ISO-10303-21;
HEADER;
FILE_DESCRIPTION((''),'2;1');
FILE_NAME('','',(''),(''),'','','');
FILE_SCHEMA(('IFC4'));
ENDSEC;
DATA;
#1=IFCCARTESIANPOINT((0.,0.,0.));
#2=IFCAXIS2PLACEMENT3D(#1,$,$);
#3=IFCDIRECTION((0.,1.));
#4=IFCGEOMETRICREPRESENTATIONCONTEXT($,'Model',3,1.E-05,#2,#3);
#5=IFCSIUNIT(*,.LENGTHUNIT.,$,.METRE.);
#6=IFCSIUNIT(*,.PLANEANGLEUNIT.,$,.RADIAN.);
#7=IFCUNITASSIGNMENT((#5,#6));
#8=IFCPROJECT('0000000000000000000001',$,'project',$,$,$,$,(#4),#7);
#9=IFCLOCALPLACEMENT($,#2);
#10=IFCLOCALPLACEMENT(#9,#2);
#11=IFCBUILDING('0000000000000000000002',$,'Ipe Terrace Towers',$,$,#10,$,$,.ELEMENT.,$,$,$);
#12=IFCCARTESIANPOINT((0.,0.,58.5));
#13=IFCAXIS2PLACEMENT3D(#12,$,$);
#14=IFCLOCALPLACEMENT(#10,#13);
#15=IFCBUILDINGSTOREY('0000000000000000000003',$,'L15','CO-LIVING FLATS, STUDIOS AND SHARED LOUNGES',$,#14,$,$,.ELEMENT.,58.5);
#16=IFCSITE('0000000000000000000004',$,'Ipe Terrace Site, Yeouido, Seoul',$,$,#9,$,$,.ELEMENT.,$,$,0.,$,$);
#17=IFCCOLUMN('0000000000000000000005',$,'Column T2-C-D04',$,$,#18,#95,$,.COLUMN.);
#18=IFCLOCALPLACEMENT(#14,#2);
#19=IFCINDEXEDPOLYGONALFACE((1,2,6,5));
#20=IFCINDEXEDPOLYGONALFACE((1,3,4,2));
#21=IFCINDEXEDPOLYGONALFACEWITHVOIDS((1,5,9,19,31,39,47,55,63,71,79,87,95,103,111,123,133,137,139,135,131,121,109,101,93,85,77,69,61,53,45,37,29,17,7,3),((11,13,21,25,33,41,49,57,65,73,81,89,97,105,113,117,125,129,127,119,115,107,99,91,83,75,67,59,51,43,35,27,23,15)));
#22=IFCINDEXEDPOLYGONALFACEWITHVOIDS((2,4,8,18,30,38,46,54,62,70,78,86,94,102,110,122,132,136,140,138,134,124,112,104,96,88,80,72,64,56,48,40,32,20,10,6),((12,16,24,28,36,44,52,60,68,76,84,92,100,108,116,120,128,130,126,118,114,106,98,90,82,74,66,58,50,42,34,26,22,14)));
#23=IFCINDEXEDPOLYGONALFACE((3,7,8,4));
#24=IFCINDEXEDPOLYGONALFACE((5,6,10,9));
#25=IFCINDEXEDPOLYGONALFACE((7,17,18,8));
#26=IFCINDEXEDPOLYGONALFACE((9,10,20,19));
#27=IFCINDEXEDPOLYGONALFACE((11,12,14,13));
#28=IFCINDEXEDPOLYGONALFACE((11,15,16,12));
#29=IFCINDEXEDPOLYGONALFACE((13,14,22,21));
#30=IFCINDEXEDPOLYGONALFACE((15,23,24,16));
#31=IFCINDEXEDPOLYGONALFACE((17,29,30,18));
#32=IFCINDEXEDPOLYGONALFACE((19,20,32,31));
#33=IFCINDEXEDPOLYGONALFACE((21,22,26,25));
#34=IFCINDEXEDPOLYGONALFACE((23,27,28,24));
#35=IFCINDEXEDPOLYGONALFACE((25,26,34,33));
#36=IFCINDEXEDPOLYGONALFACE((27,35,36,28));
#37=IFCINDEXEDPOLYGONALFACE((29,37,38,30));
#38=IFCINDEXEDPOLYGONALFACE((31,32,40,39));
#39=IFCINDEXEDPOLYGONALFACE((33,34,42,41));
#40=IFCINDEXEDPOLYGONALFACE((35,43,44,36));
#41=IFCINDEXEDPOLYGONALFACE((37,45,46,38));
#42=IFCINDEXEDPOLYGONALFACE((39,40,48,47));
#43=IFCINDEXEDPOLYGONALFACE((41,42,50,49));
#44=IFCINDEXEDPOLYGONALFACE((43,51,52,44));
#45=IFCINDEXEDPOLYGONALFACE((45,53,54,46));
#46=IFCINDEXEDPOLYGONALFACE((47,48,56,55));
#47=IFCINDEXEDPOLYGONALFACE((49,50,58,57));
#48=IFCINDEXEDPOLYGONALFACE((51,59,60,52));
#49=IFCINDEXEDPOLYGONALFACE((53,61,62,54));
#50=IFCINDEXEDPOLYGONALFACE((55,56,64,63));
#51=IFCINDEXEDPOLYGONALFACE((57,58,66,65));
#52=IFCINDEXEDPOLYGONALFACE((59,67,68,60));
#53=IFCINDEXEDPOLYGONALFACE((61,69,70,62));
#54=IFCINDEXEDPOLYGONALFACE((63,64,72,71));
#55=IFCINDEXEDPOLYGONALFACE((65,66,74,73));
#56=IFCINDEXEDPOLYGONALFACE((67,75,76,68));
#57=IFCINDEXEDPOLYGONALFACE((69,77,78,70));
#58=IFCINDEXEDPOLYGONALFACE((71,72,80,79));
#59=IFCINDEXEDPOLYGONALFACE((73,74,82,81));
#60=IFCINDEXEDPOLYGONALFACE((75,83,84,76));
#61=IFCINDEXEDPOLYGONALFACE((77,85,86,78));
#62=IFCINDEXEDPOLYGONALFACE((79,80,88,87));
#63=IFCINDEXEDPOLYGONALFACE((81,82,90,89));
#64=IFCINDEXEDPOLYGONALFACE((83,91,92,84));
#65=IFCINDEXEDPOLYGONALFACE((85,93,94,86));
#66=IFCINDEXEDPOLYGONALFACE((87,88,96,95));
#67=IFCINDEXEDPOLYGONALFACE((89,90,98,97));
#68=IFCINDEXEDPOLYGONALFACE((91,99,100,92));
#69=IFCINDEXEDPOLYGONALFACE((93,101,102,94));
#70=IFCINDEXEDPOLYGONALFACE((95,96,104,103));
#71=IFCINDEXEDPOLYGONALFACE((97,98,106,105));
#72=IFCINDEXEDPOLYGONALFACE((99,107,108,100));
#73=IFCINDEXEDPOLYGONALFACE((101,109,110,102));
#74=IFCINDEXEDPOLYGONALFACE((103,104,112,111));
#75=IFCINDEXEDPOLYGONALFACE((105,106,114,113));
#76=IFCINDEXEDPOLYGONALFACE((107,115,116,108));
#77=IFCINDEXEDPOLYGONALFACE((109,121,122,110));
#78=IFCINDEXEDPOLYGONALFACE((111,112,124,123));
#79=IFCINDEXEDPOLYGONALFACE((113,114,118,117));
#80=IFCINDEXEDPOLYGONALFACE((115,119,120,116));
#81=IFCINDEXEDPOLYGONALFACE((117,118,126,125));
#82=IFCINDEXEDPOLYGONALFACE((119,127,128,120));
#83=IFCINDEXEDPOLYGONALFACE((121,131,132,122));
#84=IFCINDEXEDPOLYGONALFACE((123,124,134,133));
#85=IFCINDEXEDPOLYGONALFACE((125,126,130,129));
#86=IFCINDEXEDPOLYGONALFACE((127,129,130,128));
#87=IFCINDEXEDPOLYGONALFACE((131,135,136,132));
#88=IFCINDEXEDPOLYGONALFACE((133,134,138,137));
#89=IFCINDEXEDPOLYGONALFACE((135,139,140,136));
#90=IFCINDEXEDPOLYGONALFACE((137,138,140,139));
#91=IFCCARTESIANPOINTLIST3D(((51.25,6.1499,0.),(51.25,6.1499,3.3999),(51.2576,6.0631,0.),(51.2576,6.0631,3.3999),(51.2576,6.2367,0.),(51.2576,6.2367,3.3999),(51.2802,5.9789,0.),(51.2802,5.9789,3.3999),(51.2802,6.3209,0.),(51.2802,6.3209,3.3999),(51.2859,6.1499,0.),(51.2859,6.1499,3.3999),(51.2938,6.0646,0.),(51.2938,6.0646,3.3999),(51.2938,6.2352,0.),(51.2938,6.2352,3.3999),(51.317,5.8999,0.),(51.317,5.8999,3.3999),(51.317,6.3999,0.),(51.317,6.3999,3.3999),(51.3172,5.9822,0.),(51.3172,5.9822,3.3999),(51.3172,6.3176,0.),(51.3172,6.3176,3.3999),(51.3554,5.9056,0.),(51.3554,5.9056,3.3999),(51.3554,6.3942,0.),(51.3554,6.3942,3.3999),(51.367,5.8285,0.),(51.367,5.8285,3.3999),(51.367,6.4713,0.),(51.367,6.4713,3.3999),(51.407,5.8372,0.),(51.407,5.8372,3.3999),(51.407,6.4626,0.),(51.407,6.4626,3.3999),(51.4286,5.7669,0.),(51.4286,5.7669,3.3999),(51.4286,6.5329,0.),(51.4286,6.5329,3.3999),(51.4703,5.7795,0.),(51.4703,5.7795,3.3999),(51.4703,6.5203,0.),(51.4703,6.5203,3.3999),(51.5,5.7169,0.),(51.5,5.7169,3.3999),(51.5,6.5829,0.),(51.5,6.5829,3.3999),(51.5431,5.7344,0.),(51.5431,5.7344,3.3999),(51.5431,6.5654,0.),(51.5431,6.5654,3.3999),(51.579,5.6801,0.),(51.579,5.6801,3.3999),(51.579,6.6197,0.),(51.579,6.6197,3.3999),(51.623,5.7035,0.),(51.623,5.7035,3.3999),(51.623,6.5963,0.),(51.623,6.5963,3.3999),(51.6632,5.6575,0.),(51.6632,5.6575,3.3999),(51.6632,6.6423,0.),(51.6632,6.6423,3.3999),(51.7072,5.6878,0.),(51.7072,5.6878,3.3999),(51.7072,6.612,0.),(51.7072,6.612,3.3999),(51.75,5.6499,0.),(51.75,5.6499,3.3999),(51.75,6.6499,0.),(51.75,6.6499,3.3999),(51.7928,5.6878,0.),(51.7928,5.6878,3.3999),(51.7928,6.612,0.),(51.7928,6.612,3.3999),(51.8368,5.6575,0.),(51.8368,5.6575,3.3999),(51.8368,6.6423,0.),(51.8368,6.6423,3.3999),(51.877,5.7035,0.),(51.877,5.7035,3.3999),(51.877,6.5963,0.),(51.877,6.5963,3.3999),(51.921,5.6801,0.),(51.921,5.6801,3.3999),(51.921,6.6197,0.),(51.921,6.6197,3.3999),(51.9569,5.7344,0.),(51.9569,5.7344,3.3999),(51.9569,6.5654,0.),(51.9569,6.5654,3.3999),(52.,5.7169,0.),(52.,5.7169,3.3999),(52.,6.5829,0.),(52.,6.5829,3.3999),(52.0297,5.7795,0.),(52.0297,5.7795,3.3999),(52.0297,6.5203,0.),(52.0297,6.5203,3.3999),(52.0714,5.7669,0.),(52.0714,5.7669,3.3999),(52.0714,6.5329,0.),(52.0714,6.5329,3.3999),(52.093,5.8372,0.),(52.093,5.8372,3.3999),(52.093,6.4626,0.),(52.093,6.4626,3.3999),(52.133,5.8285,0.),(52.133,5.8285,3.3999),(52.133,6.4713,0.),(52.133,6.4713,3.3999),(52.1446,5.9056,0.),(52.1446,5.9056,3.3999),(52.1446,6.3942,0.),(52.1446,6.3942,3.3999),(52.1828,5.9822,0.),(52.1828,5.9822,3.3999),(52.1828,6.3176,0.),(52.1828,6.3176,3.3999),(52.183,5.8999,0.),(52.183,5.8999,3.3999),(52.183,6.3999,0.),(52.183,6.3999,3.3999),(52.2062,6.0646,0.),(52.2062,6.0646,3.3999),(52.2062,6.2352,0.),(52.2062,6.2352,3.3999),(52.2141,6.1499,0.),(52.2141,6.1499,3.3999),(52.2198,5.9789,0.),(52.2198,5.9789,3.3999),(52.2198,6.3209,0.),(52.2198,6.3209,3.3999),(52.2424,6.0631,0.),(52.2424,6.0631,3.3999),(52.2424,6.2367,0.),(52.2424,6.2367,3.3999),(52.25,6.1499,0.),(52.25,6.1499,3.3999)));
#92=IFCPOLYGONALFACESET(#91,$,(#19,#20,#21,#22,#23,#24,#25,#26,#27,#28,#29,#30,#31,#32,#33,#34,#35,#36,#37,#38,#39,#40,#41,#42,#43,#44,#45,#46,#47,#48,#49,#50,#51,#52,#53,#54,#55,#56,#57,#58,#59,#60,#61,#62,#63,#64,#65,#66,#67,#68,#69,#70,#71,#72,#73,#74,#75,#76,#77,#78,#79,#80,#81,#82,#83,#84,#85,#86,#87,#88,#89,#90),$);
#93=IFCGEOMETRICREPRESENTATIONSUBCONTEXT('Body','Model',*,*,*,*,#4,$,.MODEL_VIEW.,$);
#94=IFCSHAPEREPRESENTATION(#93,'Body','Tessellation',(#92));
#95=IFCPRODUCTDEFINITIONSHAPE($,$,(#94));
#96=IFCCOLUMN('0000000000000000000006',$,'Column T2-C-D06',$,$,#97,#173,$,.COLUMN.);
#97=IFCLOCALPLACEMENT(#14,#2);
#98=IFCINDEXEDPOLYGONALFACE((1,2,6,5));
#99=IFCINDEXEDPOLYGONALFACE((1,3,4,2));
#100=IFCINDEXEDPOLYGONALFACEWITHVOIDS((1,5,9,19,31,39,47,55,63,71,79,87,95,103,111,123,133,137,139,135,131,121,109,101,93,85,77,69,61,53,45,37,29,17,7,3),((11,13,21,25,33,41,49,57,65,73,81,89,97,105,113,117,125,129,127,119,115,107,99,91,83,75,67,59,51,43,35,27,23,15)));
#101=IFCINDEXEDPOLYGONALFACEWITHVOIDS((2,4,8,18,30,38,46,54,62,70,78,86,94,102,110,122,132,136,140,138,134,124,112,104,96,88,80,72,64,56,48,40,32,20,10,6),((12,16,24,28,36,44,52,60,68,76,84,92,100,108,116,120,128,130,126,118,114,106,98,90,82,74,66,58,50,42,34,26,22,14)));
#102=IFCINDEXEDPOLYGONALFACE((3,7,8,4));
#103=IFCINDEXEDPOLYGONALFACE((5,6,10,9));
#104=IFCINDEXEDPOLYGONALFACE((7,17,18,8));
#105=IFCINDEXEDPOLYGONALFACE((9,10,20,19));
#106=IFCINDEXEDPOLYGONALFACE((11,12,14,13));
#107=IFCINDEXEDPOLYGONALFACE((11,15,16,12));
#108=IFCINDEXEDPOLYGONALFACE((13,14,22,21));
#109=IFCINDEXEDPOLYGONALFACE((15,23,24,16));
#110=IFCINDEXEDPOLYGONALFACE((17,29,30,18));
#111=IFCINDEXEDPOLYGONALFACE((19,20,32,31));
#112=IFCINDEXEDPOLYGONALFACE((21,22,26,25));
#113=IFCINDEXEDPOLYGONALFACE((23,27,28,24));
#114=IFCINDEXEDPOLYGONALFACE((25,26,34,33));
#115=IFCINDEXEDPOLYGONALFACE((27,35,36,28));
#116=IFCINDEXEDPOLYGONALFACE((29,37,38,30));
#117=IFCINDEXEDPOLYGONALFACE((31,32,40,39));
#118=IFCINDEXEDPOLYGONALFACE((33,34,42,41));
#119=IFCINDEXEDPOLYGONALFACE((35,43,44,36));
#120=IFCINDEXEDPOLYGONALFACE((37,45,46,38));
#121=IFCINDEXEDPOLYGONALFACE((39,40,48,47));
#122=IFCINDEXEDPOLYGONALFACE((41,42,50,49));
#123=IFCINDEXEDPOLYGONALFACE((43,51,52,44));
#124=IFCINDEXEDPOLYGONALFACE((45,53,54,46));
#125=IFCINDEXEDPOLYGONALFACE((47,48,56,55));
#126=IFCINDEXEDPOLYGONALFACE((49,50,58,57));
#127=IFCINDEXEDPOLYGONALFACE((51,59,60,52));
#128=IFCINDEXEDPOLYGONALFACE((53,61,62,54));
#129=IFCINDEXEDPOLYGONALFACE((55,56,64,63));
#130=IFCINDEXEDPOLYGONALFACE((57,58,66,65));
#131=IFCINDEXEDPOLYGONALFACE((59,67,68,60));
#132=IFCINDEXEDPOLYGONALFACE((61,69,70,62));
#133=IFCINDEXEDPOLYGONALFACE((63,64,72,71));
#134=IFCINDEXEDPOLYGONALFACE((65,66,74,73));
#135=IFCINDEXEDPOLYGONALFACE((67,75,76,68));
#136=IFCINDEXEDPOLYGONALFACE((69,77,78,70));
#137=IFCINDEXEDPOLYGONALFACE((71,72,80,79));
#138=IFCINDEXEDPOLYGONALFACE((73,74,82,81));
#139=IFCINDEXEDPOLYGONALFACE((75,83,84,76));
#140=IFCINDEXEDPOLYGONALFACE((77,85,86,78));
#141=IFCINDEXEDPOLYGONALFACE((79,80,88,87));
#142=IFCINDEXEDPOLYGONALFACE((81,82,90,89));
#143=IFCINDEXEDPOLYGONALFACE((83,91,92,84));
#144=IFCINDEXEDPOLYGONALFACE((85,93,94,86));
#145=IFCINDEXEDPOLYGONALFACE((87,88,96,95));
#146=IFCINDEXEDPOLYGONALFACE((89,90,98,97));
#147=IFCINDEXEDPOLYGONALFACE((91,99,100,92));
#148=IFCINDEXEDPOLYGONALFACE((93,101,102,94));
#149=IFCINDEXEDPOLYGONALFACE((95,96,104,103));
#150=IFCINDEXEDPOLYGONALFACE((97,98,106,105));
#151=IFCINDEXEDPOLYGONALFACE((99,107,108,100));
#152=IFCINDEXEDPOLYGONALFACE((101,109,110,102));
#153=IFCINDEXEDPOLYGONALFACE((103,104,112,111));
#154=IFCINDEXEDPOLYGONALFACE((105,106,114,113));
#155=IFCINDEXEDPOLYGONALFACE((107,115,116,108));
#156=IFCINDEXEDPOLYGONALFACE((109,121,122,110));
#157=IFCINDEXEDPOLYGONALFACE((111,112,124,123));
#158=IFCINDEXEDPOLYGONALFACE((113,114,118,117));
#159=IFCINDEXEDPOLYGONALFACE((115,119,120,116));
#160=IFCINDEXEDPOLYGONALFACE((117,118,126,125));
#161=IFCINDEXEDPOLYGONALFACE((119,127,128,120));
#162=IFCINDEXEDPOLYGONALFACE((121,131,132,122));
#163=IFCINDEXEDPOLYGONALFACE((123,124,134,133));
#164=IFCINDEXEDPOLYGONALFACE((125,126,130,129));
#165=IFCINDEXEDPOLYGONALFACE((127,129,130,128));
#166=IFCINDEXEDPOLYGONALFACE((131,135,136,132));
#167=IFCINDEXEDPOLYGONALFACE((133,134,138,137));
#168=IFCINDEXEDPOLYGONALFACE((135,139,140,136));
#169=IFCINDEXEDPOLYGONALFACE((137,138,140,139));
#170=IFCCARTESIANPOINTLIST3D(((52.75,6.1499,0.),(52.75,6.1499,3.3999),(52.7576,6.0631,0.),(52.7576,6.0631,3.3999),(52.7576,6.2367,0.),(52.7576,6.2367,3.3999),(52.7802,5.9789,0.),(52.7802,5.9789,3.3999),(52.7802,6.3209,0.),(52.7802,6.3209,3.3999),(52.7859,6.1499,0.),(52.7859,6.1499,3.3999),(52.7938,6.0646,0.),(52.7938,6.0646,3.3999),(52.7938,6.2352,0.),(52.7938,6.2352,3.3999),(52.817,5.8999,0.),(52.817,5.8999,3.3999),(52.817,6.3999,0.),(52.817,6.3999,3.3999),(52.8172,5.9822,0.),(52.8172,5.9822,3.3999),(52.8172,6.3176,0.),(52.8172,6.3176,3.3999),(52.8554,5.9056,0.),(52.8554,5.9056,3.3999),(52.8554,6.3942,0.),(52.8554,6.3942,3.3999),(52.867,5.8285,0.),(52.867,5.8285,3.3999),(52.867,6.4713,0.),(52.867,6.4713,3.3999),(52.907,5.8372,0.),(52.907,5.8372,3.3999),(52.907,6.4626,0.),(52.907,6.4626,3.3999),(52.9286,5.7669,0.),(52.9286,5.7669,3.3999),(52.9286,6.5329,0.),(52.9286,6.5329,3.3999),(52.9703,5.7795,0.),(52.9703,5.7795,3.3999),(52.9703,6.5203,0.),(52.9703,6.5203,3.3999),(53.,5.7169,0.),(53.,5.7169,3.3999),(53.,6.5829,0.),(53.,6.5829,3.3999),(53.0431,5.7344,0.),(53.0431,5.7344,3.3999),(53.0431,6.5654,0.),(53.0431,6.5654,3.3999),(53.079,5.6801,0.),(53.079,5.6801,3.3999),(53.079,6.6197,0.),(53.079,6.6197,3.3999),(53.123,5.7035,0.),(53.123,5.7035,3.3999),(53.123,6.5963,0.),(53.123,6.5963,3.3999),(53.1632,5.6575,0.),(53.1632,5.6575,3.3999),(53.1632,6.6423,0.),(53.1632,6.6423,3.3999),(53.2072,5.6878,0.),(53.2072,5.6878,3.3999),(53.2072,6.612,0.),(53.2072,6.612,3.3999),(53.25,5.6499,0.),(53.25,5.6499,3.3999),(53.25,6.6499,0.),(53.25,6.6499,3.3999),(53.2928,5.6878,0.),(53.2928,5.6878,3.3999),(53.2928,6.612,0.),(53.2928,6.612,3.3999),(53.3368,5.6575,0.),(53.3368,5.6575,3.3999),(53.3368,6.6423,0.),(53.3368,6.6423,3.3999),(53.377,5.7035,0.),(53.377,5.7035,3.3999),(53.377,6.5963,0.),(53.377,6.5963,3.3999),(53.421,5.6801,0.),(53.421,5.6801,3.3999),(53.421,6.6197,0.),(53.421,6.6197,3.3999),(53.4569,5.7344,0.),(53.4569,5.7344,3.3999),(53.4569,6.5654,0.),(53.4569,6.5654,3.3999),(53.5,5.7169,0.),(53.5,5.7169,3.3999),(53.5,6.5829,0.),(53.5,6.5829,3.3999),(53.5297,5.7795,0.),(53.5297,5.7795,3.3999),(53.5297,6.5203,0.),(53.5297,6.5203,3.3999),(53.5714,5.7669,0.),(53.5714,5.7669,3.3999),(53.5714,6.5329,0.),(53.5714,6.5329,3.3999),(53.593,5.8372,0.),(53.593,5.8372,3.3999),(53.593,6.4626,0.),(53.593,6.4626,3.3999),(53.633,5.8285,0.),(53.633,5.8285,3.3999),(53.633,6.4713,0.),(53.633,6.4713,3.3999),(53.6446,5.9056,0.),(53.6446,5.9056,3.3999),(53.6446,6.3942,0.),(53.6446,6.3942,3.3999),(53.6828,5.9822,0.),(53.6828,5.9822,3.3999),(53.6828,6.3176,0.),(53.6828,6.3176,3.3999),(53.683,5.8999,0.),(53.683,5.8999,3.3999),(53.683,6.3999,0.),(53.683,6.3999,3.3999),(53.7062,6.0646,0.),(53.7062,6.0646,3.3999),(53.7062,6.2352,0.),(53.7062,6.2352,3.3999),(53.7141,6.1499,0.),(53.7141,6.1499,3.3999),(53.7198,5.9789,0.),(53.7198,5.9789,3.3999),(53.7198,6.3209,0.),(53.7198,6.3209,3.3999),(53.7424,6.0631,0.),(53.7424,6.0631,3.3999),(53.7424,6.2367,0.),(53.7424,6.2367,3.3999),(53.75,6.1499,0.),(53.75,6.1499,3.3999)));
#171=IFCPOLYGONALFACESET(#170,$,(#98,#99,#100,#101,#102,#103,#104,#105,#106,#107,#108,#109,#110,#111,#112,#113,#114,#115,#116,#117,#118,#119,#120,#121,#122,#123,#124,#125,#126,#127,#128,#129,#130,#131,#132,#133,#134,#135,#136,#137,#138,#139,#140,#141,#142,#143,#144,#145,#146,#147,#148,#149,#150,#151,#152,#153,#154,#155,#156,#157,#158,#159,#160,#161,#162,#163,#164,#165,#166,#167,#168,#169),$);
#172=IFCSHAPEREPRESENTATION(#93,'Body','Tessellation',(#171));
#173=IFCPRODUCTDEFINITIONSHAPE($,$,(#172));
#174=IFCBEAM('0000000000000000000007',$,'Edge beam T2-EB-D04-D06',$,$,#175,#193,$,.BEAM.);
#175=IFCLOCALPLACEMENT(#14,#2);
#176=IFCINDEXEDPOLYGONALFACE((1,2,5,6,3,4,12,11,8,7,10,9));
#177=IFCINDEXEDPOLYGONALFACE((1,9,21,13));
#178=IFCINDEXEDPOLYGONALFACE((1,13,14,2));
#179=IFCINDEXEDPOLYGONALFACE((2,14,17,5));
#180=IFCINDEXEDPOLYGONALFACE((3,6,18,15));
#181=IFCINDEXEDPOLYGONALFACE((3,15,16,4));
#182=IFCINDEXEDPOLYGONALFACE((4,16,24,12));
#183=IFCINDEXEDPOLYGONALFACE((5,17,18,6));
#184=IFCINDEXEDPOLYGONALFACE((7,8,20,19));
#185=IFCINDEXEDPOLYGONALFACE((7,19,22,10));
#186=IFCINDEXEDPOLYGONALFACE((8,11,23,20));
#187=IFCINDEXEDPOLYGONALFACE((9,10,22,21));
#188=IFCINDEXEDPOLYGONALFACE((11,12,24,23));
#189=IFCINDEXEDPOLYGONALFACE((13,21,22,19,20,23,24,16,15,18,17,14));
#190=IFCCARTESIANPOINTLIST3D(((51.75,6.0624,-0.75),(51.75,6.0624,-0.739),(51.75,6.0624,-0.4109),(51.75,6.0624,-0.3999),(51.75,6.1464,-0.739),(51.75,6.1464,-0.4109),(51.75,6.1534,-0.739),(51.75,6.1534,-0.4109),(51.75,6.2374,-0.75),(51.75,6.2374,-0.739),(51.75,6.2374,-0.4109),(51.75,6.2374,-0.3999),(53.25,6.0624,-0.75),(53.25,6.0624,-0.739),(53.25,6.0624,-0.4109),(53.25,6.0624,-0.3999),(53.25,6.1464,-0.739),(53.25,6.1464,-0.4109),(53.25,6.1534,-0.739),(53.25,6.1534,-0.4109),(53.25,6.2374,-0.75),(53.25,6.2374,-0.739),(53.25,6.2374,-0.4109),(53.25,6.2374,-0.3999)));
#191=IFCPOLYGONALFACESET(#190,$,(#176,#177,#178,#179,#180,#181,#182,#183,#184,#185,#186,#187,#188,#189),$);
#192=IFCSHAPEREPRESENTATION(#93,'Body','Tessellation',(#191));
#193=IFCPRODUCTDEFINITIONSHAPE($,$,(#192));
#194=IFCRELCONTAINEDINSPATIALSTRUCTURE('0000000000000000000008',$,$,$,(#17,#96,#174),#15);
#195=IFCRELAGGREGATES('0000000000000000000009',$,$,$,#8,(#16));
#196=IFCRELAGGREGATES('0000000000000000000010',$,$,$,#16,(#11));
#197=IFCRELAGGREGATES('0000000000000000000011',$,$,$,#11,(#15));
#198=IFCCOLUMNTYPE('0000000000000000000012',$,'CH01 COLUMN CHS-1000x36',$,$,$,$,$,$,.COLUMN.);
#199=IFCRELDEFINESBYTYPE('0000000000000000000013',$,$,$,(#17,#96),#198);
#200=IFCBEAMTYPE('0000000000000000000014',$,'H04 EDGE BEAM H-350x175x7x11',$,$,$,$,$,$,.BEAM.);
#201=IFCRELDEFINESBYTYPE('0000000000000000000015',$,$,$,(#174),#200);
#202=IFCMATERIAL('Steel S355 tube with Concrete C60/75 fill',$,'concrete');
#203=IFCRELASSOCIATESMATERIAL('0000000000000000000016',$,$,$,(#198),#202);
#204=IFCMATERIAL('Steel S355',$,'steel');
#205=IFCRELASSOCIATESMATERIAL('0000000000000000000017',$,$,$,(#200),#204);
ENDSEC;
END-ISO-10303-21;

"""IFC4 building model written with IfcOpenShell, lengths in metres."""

from ifc_helpers import new_model, si_unit, direction, frame, origin, origin_2d, place, context, subcontext, project, spatial, hollow_circle, i_section, extrude, material, material_profile, profile_set, type_object, element, save


model = new_model("IFC4")

# Units and contexts
model_context = context("Model", 3, precision=1e-05, world=origin(), true_north=direction((0.0, 1.0)))
body_context = subcontext(model_context, "Body", "Model", "MODEL_VIEW")
ifc_project = project(units=[si_unit("LENGTHUNIT", "METRE"), si_unit("PLANEANGLEUNIT", "RADIAN")], contexts=[model_context])

# Site, building, storey
site_placement = place(None, origin())
site = spatial("IfcSite", under=ifc_project, at=site_placement, Name="Ipe Terrace Site, Yeouido, Seoul", CompositionType="ELEMENT", RefElevation=0.0)
building_placement = place(site_placement, origin())
building = spatial("IfcBuilding", under=site, at=building_placement, Name="Ipe Terrace Towers", CompositionType="ELEMENT")
storey_placement = place(building_placement, frame((0.0, 0.0, 58.5)))
storey = spatial("IfcBuildingStorey", under=building, at=storey_placement, Name="L15", Description="CO-LIVING FLATS, STUDIOS AND SHARED LOUNGES", CompositionType="ELEMENT", Elevation=58.5)

# Columns
ifc_material_1 = material(Name="Steel S355 tube with Concrete C60/75 fill", Category="concrete")
ifc_material_profile_1 = material_profile(ifc_material_1, hollow_circle(Radius=0.5, WallThickness=0.0359, at=origin_2d()), Name="CHS-1000x36")
ifc_profile_set_1 = profile_set([ifc_material_profile_1], Name="Steel S355 tube with Concrete C60/75 fill")
column_type = type_object("IfcColumnType", Name="CH01 COLUMN CHS-1000x36", PredefinedType="COLUMN", material=ifc_profile_set_1)
for number, where, z_axis, x_axis, name in (
    (1, (51.75, 6.1499, 0.0), (0.0, 0.0, 1.0), (1.0, 0.0, 0.0), "Column T2-C-D04"),
    (2, (53.25, 6.1499, 0.0), (0.0, 0.0, 1.0), (1.0, 0.0, 0.0), "Column T2-C-D06"),
):
    element("IfcColumn", number, at=place(storey_placement, frame(where, z_axis=z_axis, x_axis=x_axis)), inside=storey, type_object=column_type, Name=name, PredefinedType="COLUMN", context=body_context, shape_type="SweptSolid", body=[
        extrude(hollow_circle(Radius=0.5, WallThickness=0.0359, at=origin_2d()), origin(), (0.0, 0.0, 1.0), 3.3999),
    ])

# Beam
ifc_material_2 = material(Name="Steel S355", Category="steel")
ifc_material_profile_2 = material_profile(ifc_material_2, i_section(OverallWidth=0.175, OverallDepth=0.3501, WebThickness=0.0071, FlangeThickness=0.011, at=origin_2d()), Name="H-350x175x7x11")
ifc_profile_set_2 = profile_set([ifc_material_profile_2], Name="Steel S355")
beam_type = type_object("IfcBeamType", Name="H04 EDGE BEAM H-350x175x7x11", PredefinedType="BEAM", material=ifc_profile_set_2)
beam_placement = place(storey_placement, frame((51.75, 6.1499, -0.575), z_axis=(1.0, 0.0, 0.0), x_axis=(0.0, 1.0, 0.0)))
element("IfcBeam", 3, at=beam_placement, inside=storey, type_object=beam_type, Name="Edge beam T2-EB-D04-D06", PredefinedType="BEAM", context=body_context, shape_type="SweptSolid", body=[
    extrude(i_section(OverallWidth=0.175, OverallDepth=0.3501, WebThickness=0.0071, FlangeThickness=0.011, at=origin_2d()), origin(), (0.0, 0.0, 1.0), 1.5),
])

save(model, "model.ifc")
